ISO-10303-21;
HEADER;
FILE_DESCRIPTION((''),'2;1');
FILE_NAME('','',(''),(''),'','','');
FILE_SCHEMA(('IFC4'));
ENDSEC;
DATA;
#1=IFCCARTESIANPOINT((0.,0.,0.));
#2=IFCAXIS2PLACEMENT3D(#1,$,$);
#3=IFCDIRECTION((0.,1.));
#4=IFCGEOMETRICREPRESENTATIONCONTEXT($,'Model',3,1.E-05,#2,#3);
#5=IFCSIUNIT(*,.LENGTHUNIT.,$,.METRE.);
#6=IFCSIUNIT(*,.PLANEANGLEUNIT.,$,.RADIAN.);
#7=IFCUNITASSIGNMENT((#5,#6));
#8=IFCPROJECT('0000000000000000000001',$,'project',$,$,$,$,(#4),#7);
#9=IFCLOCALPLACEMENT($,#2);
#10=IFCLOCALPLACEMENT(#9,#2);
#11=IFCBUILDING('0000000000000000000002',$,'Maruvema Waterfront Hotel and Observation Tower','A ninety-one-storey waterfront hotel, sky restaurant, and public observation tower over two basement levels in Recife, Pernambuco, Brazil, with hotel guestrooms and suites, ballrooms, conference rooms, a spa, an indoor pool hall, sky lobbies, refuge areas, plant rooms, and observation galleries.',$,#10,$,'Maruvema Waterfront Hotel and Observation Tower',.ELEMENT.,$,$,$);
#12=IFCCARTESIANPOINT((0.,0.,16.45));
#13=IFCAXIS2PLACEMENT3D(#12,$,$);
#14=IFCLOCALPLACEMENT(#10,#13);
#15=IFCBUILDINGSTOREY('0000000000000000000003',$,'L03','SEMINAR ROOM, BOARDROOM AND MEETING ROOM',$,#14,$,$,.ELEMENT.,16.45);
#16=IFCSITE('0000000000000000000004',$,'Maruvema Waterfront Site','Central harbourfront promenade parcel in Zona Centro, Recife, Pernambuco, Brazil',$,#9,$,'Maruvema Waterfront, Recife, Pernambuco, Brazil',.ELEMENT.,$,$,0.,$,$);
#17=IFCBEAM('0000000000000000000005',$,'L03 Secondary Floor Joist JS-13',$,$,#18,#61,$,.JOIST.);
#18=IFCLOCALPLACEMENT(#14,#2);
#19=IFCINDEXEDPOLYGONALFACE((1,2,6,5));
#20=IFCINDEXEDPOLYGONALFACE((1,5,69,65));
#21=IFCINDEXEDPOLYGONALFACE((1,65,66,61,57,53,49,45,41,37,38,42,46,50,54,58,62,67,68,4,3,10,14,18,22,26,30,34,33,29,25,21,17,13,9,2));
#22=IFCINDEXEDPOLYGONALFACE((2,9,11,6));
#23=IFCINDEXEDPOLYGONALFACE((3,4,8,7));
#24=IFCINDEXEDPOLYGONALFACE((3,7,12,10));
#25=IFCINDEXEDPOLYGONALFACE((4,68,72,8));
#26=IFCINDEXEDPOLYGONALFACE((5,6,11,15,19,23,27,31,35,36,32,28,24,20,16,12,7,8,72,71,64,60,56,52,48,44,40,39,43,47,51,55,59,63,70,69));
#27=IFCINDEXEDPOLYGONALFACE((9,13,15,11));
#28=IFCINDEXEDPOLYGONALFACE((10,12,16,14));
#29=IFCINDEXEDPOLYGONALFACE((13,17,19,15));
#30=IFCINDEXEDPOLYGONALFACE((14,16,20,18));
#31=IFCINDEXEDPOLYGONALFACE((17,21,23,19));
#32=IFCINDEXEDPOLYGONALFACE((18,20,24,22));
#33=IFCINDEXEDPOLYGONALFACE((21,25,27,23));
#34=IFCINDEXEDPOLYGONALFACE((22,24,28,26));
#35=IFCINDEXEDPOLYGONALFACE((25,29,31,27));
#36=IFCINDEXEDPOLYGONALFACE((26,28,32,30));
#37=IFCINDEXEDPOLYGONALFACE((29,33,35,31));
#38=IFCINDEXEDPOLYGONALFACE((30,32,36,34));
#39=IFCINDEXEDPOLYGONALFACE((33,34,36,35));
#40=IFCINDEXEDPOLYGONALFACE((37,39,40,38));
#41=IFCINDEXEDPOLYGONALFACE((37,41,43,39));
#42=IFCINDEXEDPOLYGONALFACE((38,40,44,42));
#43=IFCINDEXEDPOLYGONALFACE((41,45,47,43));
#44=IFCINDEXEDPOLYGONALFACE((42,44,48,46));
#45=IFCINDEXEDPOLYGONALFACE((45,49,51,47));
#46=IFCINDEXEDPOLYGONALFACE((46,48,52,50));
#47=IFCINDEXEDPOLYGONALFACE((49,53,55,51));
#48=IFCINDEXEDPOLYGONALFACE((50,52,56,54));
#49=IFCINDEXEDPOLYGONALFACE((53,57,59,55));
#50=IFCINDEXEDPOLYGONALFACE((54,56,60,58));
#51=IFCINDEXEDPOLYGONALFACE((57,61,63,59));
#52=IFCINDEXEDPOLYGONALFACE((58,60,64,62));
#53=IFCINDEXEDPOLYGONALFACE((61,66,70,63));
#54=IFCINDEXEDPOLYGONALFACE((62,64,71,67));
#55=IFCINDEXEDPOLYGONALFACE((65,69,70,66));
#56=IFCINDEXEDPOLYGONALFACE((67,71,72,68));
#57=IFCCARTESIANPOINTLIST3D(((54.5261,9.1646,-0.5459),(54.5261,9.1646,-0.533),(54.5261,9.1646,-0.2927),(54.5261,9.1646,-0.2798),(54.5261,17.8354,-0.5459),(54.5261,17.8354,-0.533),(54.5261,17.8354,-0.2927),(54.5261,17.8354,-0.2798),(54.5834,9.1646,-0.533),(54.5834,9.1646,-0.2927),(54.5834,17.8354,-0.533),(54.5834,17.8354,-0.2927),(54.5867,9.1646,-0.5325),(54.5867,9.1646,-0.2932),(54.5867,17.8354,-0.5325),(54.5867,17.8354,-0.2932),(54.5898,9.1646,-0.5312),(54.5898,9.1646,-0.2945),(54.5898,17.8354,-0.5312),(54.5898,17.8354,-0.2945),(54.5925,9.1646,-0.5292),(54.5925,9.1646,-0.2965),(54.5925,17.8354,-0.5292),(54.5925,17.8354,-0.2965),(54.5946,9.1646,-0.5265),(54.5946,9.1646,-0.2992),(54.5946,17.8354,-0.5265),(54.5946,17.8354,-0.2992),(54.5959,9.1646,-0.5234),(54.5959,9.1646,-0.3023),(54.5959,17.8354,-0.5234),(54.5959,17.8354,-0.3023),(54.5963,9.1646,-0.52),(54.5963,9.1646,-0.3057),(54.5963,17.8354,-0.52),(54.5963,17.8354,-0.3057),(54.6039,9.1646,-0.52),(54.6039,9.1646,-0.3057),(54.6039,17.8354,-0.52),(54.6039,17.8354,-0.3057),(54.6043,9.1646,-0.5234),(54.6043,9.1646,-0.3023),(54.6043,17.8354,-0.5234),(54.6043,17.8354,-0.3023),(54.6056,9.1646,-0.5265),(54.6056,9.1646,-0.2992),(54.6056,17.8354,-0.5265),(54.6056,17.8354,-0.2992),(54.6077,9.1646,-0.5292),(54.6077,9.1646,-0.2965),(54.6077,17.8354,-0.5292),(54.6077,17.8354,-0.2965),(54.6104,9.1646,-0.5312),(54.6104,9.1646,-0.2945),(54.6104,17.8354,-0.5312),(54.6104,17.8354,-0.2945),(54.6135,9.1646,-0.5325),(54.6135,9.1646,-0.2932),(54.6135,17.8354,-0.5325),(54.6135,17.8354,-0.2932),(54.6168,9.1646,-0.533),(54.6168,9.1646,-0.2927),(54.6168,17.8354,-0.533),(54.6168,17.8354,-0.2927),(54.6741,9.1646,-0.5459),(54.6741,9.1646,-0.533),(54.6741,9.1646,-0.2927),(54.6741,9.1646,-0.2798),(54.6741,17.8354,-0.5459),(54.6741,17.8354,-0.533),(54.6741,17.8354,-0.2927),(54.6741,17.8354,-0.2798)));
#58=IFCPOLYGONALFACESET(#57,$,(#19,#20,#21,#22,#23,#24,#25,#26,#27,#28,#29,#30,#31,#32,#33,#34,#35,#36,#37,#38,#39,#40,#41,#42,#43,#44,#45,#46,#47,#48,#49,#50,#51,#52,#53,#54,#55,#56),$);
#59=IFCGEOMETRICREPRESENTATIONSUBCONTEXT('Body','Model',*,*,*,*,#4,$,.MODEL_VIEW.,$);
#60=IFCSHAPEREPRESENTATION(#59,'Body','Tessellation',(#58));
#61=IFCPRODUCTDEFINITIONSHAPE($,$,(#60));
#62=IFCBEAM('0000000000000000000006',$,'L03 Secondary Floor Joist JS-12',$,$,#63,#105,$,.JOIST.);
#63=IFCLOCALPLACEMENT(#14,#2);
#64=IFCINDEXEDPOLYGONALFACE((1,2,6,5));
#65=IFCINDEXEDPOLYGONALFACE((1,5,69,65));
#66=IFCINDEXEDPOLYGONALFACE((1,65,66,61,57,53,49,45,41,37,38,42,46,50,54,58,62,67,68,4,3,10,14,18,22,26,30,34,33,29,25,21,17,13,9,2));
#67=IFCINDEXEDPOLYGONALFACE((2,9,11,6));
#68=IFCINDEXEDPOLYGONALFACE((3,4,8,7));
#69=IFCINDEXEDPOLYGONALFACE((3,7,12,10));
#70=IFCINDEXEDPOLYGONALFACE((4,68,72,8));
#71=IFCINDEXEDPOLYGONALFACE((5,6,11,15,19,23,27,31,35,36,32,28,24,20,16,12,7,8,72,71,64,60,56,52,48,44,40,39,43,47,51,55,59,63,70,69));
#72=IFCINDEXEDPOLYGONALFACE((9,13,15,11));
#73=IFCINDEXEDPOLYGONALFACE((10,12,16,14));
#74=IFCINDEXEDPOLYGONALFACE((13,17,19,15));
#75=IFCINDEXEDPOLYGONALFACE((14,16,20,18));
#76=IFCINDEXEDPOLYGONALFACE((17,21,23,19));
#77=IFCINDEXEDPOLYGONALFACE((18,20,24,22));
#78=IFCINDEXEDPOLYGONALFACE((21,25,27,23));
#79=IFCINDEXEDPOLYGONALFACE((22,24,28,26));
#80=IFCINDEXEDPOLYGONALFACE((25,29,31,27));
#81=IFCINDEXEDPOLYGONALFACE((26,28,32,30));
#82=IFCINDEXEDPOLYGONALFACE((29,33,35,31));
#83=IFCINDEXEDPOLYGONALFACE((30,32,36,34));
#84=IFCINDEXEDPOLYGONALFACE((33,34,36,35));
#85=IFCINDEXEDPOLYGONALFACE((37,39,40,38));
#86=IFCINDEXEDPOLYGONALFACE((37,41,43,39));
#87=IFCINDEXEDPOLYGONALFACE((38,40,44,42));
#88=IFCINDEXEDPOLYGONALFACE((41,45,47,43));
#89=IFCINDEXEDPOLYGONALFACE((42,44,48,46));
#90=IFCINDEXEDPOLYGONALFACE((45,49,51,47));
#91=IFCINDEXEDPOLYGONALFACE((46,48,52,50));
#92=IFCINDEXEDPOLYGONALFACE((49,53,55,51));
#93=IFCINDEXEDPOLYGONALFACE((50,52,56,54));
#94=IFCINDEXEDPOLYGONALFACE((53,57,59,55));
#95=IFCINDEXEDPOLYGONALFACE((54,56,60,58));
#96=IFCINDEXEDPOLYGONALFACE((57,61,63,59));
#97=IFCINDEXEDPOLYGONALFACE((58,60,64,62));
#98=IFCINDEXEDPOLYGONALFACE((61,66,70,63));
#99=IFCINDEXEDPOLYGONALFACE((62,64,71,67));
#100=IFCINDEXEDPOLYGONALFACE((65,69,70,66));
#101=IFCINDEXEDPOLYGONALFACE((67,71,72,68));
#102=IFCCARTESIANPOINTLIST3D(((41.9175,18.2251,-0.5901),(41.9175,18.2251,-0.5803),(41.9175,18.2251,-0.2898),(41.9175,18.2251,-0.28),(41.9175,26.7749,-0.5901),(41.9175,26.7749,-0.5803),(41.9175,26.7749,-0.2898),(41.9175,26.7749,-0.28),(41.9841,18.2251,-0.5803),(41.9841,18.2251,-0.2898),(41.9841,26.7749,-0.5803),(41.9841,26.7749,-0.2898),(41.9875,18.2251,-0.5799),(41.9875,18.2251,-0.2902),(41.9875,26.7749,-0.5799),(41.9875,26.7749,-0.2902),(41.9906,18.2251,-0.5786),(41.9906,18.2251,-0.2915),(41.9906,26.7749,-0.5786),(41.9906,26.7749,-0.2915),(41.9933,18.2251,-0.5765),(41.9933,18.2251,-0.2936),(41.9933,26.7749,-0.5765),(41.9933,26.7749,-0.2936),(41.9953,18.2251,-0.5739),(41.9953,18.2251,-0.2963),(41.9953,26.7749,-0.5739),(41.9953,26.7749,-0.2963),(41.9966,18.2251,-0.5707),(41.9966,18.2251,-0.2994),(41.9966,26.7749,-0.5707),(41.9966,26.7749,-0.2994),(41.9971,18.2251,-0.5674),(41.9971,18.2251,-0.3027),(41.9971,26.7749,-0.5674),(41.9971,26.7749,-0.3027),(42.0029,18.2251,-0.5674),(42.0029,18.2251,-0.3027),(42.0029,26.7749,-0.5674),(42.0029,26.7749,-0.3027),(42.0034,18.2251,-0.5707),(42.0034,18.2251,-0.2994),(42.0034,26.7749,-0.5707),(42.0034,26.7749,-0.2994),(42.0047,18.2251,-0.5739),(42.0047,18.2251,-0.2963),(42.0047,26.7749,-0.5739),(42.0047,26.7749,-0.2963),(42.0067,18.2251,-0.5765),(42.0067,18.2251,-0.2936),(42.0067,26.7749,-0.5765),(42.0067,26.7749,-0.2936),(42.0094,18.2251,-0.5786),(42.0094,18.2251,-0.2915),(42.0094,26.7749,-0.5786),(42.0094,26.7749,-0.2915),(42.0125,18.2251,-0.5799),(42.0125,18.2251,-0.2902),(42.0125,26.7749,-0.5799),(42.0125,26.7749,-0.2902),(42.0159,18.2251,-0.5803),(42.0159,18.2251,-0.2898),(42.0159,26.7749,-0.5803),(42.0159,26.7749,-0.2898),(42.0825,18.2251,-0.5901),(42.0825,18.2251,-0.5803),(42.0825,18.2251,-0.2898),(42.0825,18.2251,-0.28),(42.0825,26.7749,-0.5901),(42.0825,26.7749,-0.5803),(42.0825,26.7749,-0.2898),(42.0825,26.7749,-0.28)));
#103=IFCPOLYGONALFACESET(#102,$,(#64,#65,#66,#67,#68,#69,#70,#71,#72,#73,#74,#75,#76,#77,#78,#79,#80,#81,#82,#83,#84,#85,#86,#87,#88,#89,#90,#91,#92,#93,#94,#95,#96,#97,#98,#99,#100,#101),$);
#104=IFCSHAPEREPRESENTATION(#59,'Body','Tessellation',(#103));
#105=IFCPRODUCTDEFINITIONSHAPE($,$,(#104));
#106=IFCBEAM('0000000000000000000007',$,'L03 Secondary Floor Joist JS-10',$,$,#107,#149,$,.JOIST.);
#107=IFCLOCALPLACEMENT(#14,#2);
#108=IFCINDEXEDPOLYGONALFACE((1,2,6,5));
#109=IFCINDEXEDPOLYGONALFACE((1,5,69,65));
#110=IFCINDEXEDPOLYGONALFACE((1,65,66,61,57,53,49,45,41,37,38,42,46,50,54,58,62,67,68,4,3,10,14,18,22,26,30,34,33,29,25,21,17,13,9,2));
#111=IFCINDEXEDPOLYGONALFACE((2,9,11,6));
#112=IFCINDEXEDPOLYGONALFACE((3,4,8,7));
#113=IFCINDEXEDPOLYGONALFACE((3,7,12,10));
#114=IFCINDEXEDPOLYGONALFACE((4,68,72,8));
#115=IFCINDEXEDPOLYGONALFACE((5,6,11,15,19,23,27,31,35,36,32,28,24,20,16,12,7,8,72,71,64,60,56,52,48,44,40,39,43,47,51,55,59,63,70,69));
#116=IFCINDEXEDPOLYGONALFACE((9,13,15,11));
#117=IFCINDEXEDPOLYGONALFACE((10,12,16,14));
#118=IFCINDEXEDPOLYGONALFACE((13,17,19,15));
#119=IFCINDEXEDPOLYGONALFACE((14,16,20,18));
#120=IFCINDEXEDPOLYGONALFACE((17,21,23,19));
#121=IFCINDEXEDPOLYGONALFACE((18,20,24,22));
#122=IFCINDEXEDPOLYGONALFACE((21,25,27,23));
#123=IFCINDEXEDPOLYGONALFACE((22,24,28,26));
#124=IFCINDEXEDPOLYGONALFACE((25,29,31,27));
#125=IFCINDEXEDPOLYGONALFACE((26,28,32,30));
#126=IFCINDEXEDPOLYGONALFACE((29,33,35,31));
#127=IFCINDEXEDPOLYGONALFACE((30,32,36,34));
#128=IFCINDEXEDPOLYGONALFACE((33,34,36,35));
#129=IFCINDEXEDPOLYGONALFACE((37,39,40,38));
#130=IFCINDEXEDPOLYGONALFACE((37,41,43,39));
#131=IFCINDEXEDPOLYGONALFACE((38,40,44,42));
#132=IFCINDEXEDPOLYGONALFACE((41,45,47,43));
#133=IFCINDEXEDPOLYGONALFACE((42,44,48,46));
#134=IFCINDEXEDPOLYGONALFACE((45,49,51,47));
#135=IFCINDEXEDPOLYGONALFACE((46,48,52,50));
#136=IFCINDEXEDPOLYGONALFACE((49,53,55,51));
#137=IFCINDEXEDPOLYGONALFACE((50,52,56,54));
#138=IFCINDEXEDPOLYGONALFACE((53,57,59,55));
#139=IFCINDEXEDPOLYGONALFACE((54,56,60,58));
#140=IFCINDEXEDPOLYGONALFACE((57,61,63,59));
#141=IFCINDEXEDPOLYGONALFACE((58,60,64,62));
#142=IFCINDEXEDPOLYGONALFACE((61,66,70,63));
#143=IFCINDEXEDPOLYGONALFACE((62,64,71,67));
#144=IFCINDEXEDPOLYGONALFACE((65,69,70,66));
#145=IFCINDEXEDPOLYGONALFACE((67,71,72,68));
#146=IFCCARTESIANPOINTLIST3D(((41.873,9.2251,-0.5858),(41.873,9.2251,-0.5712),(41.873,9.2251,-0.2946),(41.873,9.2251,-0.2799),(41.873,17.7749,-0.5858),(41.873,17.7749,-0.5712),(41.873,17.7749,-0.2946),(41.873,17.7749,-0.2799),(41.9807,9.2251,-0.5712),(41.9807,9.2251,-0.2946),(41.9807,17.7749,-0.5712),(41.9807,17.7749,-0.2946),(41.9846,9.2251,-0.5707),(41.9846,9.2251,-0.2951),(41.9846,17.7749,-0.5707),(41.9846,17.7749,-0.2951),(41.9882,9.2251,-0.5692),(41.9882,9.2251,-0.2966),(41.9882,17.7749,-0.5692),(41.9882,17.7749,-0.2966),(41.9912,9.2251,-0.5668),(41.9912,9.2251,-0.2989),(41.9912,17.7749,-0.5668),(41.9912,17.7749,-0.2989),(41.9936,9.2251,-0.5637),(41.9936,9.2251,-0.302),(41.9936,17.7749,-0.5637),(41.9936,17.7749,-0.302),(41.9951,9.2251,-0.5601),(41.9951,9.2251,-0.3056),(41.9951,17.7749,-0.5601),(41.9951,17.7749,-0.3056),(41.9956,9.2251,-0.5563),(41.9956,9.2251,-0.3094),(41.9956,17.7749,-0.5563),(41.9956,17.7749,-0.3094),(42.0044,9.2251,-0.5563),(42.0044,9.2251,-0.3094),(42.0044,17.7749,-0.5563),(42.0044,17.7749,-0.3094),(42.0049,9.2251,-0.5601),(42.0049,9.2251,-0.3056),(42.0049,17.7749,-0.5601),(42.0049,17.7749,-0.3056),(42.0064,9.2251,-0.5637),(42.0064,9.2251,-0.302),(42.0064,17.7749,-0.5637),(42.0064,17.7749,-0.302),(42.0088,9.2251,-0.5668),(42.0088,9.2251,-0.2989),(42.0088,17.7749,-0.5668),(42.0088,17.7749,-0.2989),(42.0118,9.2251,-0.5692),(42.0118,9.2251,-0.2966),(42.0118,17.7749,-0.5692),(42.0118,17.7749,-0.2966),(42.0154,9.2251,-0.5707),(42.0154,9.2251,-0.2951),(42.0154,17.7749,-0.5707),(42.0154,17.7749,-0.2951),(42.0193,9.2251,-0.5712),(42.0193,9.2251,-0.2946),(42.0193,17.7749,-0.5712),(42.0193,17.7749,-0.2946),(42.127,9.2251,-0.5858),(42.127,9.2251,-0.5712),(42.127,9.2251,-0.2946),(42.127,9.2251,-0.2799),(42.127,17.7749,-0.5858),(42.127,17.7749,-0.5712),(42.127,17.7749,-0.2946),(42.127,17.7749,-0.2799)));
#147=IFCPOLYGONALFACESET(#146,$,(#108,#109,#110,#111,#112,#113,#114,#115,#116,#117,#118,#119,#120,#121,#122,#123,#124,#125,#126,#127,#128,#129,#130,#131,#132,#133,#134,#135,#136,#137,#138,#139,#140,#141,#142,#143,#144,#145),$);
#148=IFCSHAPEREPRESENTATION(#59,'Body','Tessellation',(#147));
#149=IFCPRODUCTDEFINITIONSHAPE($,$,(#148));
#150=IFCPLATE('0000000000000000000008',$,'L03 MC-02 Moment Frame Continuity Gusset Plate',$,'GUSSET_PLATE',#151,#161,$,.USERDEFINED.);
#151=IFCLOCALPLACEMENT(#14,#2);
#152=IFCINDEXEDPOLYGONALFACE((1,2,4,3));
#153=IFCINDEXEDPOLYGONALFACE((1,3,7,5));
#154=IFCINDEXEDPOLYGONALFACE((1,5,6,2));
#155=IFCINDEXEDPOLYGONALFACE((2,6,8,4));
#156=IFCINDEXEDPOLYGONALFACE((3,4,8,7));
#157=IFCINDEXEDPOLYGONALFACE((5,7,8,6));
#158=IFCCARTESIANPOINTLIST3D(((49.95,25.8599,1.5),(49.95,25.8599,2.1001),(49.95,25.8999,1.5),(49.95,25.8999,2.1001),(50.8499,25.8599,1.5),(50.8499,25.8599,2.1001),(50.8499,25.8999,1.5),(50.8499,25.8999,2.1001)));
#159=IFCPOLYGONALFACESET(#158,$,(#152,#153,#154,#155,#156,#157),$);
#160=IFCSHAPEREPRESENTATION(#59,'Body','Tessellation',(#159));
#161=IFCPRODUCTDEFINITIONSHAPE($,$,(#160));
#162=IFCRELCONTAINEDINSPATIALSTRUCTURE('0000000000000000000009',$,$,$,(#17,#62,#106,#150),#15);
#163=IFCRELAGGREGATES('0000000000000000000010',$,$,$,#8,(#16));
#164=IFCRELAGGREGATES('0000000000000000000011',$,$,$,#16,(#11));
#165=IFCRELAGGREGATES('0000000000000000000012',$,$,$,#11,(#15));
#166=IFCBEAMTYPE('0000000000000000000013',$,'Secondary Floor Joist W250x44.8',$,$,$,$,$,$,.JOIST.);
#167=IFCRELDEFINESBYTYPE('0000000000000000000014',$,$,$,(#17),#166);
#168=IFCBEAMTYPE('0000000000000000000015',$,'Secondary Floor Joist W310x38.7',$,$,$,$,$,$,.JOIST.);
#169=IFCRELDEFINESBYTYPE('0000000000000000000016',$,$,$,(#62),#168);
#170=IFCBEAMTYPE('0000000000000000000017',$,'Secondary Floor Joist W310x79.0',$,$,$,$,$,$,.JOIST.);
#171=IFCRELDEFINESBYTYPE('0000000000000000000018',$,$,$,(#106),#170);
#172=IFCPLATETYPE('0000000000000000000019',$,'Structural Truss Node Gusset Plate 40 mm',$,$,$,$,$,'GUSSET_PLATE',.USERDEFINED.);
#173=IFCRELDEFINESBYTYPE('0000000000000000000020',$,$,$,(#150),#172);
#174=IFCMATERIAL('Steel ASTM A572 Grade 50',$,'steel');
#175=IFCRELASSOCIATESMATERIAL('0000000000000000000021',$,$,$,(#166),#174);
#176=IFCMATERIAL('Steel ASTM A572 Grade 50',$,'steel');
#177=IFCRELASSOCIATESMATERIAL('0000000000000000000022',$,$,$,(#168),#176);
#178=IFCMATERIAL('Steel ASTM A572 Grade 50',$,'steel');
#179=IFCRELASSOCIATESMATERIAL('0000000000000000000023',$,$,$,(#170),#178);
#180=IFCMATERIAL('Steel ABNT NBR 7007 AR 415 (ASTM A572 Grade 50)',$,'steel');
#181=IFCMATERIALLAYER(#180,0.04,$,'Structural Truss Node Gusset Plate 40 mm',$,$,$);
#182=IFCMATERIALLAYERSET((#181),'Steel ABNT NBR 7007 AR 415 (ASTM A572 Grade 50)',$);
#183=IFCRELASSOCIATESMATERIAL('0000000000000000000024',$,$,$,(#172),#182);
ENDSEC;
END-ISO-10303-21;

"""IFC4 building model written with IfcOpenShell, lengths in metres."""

from ifc_helpers import new_model, si_unit, direction, frame, origin, origin_2d, place, context, subcontext, project, spatial, rectangle, i_section, extrude, material, layer, layer_set, material_profile, profile_set, type_object, element, save


model = new_model("IFC4")

# Units and contexts
model_context = context("Model", 3, precision=1e-05, world=origin(), true_north=direction((0.0, 1.0)))
body_context = subcontext(model_context, "Body", "Model", "MODEL_VIEW")
ifc_project = project(units=[si_unit("LENGTHUNIT", "METRE"), si_unit("PLANEANGLEUNIT", "RADIAN")], contexts=[model_context])

# Site, building, storey
site_placement = place(None, origin())
site = spatial("IfcSite", under=ifc_project, at=site_placement, Name="Maruvema Waterfront Site", Description="Central harbourfront promenade parcel in Zona Centro, Recife, Pernambuco, Brazil", LongName="Maruvema Waterfront, Recife, Pernambuco, Brazil", CompositionType="ELEMENT", RefElevation=0.0)
building_placement = place(site_placement, origin())
building = spatial("IfcBuilding", under=site, at=building_placement, Name="Maruvema Waterfront Hotel and Observation Tower", Description="A ninety-one-storey waterfront hotel, sky restaurant, and public observation tower over two basement levels in Recife, Pernambuco, Brazil, with hotel guestrooms and suites, ballrooms, conference rooms, a spa, an indoor pool hall, sky lobbies, refuge areas, plant rooms, and observation galleries.", LongName="Maruvema Waterfront Hotel and Observation Tower", CompositionType="ELEMENT")
storey_placement = place(building_placement, frame((0.0, 0.0, 16.45)))
storey = spatial("IfcBuildingStorey", under=building, at=storey_placement, Name="L03", Description="SEMINAR ROOM, BOARDROOM AND MEETING ROOM", CompositionType="ELEMENT", Elevation=16.45)

# Beams
ifc_material_1 = material(Name="Steel ASTM A572 Grade 50", Category="steel")
ifc_material_profile_1 = material_profile(ifc_material_1, i_section(OverallWidth=0.1479, OverallDepth=0.2661, WebThickness=0.0076, FlangeThickness=0.0129, FilletRadius=0.0129, at=origin_2d()), Name="W250x44.8")
ifc_profile_set_1 = profile_set([ifc_material_profile_1], Name="Steel ASTM A572 Grade 50")
beam_type_1 = type_object("IfcBeamType", Name="Secondary Floor Joist W250x44.8", PredefinedType="JOIST", material=ifc_profile_set_1)
beam_1_placement = place(storey_placement, frame((54.6001, 9.1646, -0.4128), z_axis=(0.0, 1.0, 0.0), x_axis=(-1.0, 0.0, 0.0)))
element("IfcBeam", 1, at=beam_1_placement, inside=storey, type_object=beam_type_1, Name="L03 Secondary Floor Joist JS-13", PredefinedType="JOIST", context=body_context, shape_type="SweptSolid", body=[
    extrude(i_section(OverallWidth=0.1479, OverallDepth=0.2661, WebThickness=0.0076, FlangeThickness=0.0129, FilletRadius=0.0129, at=origin_2d()), origin(), (0.0, 0.0, 1.0), 8.6709),
])
ifc_material_2 = material(Name="Steel ASTM A572 Grade 50", Category="steel")
ifc_material_profile_2 = material_profile(ifc_material_2, i_section(OverallWidth=0.165, OverallDepth=0.3101, WebThickness=0.0059, FlangeThickness=0.0098, FilletRadius=0.0129, at=origin_2d()), Name="W310x38.7")
ifc_profile_set_2 = profile_set([ifc_material_profile_2], Name="Steel ASTM A572 Grade 50")
beam_type_2 = type_object("IfcBeamType", Name="Secondary Floor Joist W310x38.7", PredefinedType="JOIST", material=ifc_profile_set_2)
beam_2_placement = place(storey_placement, frame((42.0, 18.2251, -0.4351), z_axis=(0.0, 1.0, 0.0), x_axis=(-1.0, 0.0, 0.0)))
element("IfcBeam", 2, at=beam_2_placement, inside=storey, type_object=beam_type_2, Name="L03 Secondary Floor Joist JS-12", PredefinedType="JOIST", context=body_context, shape_type="SweptSolid", body=[
    extrude(i_section(OverallWidth=0.165, OverallDepth=0.3101, WebThickness=0.0059, FlangeThickness=0.0098, FilletRadius=0.0129, at=origin_2d()), origin(), (0.0, 0.0, 1.0), 8.5498),
])
ifc_material_3 = material(Name="Steel ASTM A572 Grade 50", Category="steel")
ifc_material_profile_3 = material_profile(ifc_material_3, i_section(OverallWidth=0.2539, OverallDepth=0.3059, WebThickness=0.0088, FlangeThickness=0.0146, FilletRadius=0.0149, at=origin_2d()), Name="W310x79.0")
ifc_profile_set_3 = profile_set([ifc_material_profile_3], Name="Steel ASTM A572 Grade 50")
beam_type_3 = type_object("IfcBeamType", Name="Secondary Floor Joist W310x79.0", PredefinedType="JOIST", material=ifc_profile_set_3)
beam_3_placement = place(storey_placement, frame((42.0, 9.2251, -0.4329), z_axis=(0.0, 1.0, 0.0), x_axis=(-1.0, 0.0, 0.0)))
element("IfcBeam", 3, at=beam_3_placement, inside=storey, type_object=beam_type_3, Name="L03 Secondary Floor Joist JS-10", PredefinedType="JOIST", context=body_context, shape_type="SweptSolid", body=[
    extrude(i_section(OverallWidth=0.2539, OverallDepth=0.3059, WebThickness=0.0088, FlangeThickness=0.0146, FilletRadius=0.0149, at=origin_2d()), origin(), (0.0, 0.0, 1.0), 8.5498),
])

# Plate
ifc_material_4 = material(Name="Steel ABNT NBR 7007 AR 415 (ASTM A572 Grade 50)", Category="steel")
ifc_layer_1 = layer(ifc_material_4, 0.04, Name="Structural Truss Node Gusset Plate 40 mm")
ifc_layer_set_1 = layer_set([ifc_layer_1], Name="Steel ABNT NBR 7007 AR 415 (ASTM A572 Grade 50)")
plate_type = type_object("IfcPlateType", Name="Structural Truss Node Gusset Plate 40 mm", ElementType="GUSSET_PLATE", PredefinedType="USERDEFINED", material=ifc_layer_set_1)
plate_placement = place(storey_placement, frame((50.3999, 25.8799, 1.5), z_axis=(0.0, 0.0, 1.0), x_axis=(1.0, 0.0, 0.0)))
element("IfcPlate", 4, at=plate_placement, inside=storey, type_object=plate_type, Name="L03 MC-02 Moment Frame Continuity Gusset Plate", ObjectType="GUSSET_PLATE", PredefinedType="USERDEFINED", context=body_context, shape_type="SweptSolid", body=[
    extrude(rectangle(XDim=0.8999, YDim=0.04, at=origin_2d()), origin(), (0.0, 0.0, 1.0), 0.6001),
])

save(model, "model.ifc")
